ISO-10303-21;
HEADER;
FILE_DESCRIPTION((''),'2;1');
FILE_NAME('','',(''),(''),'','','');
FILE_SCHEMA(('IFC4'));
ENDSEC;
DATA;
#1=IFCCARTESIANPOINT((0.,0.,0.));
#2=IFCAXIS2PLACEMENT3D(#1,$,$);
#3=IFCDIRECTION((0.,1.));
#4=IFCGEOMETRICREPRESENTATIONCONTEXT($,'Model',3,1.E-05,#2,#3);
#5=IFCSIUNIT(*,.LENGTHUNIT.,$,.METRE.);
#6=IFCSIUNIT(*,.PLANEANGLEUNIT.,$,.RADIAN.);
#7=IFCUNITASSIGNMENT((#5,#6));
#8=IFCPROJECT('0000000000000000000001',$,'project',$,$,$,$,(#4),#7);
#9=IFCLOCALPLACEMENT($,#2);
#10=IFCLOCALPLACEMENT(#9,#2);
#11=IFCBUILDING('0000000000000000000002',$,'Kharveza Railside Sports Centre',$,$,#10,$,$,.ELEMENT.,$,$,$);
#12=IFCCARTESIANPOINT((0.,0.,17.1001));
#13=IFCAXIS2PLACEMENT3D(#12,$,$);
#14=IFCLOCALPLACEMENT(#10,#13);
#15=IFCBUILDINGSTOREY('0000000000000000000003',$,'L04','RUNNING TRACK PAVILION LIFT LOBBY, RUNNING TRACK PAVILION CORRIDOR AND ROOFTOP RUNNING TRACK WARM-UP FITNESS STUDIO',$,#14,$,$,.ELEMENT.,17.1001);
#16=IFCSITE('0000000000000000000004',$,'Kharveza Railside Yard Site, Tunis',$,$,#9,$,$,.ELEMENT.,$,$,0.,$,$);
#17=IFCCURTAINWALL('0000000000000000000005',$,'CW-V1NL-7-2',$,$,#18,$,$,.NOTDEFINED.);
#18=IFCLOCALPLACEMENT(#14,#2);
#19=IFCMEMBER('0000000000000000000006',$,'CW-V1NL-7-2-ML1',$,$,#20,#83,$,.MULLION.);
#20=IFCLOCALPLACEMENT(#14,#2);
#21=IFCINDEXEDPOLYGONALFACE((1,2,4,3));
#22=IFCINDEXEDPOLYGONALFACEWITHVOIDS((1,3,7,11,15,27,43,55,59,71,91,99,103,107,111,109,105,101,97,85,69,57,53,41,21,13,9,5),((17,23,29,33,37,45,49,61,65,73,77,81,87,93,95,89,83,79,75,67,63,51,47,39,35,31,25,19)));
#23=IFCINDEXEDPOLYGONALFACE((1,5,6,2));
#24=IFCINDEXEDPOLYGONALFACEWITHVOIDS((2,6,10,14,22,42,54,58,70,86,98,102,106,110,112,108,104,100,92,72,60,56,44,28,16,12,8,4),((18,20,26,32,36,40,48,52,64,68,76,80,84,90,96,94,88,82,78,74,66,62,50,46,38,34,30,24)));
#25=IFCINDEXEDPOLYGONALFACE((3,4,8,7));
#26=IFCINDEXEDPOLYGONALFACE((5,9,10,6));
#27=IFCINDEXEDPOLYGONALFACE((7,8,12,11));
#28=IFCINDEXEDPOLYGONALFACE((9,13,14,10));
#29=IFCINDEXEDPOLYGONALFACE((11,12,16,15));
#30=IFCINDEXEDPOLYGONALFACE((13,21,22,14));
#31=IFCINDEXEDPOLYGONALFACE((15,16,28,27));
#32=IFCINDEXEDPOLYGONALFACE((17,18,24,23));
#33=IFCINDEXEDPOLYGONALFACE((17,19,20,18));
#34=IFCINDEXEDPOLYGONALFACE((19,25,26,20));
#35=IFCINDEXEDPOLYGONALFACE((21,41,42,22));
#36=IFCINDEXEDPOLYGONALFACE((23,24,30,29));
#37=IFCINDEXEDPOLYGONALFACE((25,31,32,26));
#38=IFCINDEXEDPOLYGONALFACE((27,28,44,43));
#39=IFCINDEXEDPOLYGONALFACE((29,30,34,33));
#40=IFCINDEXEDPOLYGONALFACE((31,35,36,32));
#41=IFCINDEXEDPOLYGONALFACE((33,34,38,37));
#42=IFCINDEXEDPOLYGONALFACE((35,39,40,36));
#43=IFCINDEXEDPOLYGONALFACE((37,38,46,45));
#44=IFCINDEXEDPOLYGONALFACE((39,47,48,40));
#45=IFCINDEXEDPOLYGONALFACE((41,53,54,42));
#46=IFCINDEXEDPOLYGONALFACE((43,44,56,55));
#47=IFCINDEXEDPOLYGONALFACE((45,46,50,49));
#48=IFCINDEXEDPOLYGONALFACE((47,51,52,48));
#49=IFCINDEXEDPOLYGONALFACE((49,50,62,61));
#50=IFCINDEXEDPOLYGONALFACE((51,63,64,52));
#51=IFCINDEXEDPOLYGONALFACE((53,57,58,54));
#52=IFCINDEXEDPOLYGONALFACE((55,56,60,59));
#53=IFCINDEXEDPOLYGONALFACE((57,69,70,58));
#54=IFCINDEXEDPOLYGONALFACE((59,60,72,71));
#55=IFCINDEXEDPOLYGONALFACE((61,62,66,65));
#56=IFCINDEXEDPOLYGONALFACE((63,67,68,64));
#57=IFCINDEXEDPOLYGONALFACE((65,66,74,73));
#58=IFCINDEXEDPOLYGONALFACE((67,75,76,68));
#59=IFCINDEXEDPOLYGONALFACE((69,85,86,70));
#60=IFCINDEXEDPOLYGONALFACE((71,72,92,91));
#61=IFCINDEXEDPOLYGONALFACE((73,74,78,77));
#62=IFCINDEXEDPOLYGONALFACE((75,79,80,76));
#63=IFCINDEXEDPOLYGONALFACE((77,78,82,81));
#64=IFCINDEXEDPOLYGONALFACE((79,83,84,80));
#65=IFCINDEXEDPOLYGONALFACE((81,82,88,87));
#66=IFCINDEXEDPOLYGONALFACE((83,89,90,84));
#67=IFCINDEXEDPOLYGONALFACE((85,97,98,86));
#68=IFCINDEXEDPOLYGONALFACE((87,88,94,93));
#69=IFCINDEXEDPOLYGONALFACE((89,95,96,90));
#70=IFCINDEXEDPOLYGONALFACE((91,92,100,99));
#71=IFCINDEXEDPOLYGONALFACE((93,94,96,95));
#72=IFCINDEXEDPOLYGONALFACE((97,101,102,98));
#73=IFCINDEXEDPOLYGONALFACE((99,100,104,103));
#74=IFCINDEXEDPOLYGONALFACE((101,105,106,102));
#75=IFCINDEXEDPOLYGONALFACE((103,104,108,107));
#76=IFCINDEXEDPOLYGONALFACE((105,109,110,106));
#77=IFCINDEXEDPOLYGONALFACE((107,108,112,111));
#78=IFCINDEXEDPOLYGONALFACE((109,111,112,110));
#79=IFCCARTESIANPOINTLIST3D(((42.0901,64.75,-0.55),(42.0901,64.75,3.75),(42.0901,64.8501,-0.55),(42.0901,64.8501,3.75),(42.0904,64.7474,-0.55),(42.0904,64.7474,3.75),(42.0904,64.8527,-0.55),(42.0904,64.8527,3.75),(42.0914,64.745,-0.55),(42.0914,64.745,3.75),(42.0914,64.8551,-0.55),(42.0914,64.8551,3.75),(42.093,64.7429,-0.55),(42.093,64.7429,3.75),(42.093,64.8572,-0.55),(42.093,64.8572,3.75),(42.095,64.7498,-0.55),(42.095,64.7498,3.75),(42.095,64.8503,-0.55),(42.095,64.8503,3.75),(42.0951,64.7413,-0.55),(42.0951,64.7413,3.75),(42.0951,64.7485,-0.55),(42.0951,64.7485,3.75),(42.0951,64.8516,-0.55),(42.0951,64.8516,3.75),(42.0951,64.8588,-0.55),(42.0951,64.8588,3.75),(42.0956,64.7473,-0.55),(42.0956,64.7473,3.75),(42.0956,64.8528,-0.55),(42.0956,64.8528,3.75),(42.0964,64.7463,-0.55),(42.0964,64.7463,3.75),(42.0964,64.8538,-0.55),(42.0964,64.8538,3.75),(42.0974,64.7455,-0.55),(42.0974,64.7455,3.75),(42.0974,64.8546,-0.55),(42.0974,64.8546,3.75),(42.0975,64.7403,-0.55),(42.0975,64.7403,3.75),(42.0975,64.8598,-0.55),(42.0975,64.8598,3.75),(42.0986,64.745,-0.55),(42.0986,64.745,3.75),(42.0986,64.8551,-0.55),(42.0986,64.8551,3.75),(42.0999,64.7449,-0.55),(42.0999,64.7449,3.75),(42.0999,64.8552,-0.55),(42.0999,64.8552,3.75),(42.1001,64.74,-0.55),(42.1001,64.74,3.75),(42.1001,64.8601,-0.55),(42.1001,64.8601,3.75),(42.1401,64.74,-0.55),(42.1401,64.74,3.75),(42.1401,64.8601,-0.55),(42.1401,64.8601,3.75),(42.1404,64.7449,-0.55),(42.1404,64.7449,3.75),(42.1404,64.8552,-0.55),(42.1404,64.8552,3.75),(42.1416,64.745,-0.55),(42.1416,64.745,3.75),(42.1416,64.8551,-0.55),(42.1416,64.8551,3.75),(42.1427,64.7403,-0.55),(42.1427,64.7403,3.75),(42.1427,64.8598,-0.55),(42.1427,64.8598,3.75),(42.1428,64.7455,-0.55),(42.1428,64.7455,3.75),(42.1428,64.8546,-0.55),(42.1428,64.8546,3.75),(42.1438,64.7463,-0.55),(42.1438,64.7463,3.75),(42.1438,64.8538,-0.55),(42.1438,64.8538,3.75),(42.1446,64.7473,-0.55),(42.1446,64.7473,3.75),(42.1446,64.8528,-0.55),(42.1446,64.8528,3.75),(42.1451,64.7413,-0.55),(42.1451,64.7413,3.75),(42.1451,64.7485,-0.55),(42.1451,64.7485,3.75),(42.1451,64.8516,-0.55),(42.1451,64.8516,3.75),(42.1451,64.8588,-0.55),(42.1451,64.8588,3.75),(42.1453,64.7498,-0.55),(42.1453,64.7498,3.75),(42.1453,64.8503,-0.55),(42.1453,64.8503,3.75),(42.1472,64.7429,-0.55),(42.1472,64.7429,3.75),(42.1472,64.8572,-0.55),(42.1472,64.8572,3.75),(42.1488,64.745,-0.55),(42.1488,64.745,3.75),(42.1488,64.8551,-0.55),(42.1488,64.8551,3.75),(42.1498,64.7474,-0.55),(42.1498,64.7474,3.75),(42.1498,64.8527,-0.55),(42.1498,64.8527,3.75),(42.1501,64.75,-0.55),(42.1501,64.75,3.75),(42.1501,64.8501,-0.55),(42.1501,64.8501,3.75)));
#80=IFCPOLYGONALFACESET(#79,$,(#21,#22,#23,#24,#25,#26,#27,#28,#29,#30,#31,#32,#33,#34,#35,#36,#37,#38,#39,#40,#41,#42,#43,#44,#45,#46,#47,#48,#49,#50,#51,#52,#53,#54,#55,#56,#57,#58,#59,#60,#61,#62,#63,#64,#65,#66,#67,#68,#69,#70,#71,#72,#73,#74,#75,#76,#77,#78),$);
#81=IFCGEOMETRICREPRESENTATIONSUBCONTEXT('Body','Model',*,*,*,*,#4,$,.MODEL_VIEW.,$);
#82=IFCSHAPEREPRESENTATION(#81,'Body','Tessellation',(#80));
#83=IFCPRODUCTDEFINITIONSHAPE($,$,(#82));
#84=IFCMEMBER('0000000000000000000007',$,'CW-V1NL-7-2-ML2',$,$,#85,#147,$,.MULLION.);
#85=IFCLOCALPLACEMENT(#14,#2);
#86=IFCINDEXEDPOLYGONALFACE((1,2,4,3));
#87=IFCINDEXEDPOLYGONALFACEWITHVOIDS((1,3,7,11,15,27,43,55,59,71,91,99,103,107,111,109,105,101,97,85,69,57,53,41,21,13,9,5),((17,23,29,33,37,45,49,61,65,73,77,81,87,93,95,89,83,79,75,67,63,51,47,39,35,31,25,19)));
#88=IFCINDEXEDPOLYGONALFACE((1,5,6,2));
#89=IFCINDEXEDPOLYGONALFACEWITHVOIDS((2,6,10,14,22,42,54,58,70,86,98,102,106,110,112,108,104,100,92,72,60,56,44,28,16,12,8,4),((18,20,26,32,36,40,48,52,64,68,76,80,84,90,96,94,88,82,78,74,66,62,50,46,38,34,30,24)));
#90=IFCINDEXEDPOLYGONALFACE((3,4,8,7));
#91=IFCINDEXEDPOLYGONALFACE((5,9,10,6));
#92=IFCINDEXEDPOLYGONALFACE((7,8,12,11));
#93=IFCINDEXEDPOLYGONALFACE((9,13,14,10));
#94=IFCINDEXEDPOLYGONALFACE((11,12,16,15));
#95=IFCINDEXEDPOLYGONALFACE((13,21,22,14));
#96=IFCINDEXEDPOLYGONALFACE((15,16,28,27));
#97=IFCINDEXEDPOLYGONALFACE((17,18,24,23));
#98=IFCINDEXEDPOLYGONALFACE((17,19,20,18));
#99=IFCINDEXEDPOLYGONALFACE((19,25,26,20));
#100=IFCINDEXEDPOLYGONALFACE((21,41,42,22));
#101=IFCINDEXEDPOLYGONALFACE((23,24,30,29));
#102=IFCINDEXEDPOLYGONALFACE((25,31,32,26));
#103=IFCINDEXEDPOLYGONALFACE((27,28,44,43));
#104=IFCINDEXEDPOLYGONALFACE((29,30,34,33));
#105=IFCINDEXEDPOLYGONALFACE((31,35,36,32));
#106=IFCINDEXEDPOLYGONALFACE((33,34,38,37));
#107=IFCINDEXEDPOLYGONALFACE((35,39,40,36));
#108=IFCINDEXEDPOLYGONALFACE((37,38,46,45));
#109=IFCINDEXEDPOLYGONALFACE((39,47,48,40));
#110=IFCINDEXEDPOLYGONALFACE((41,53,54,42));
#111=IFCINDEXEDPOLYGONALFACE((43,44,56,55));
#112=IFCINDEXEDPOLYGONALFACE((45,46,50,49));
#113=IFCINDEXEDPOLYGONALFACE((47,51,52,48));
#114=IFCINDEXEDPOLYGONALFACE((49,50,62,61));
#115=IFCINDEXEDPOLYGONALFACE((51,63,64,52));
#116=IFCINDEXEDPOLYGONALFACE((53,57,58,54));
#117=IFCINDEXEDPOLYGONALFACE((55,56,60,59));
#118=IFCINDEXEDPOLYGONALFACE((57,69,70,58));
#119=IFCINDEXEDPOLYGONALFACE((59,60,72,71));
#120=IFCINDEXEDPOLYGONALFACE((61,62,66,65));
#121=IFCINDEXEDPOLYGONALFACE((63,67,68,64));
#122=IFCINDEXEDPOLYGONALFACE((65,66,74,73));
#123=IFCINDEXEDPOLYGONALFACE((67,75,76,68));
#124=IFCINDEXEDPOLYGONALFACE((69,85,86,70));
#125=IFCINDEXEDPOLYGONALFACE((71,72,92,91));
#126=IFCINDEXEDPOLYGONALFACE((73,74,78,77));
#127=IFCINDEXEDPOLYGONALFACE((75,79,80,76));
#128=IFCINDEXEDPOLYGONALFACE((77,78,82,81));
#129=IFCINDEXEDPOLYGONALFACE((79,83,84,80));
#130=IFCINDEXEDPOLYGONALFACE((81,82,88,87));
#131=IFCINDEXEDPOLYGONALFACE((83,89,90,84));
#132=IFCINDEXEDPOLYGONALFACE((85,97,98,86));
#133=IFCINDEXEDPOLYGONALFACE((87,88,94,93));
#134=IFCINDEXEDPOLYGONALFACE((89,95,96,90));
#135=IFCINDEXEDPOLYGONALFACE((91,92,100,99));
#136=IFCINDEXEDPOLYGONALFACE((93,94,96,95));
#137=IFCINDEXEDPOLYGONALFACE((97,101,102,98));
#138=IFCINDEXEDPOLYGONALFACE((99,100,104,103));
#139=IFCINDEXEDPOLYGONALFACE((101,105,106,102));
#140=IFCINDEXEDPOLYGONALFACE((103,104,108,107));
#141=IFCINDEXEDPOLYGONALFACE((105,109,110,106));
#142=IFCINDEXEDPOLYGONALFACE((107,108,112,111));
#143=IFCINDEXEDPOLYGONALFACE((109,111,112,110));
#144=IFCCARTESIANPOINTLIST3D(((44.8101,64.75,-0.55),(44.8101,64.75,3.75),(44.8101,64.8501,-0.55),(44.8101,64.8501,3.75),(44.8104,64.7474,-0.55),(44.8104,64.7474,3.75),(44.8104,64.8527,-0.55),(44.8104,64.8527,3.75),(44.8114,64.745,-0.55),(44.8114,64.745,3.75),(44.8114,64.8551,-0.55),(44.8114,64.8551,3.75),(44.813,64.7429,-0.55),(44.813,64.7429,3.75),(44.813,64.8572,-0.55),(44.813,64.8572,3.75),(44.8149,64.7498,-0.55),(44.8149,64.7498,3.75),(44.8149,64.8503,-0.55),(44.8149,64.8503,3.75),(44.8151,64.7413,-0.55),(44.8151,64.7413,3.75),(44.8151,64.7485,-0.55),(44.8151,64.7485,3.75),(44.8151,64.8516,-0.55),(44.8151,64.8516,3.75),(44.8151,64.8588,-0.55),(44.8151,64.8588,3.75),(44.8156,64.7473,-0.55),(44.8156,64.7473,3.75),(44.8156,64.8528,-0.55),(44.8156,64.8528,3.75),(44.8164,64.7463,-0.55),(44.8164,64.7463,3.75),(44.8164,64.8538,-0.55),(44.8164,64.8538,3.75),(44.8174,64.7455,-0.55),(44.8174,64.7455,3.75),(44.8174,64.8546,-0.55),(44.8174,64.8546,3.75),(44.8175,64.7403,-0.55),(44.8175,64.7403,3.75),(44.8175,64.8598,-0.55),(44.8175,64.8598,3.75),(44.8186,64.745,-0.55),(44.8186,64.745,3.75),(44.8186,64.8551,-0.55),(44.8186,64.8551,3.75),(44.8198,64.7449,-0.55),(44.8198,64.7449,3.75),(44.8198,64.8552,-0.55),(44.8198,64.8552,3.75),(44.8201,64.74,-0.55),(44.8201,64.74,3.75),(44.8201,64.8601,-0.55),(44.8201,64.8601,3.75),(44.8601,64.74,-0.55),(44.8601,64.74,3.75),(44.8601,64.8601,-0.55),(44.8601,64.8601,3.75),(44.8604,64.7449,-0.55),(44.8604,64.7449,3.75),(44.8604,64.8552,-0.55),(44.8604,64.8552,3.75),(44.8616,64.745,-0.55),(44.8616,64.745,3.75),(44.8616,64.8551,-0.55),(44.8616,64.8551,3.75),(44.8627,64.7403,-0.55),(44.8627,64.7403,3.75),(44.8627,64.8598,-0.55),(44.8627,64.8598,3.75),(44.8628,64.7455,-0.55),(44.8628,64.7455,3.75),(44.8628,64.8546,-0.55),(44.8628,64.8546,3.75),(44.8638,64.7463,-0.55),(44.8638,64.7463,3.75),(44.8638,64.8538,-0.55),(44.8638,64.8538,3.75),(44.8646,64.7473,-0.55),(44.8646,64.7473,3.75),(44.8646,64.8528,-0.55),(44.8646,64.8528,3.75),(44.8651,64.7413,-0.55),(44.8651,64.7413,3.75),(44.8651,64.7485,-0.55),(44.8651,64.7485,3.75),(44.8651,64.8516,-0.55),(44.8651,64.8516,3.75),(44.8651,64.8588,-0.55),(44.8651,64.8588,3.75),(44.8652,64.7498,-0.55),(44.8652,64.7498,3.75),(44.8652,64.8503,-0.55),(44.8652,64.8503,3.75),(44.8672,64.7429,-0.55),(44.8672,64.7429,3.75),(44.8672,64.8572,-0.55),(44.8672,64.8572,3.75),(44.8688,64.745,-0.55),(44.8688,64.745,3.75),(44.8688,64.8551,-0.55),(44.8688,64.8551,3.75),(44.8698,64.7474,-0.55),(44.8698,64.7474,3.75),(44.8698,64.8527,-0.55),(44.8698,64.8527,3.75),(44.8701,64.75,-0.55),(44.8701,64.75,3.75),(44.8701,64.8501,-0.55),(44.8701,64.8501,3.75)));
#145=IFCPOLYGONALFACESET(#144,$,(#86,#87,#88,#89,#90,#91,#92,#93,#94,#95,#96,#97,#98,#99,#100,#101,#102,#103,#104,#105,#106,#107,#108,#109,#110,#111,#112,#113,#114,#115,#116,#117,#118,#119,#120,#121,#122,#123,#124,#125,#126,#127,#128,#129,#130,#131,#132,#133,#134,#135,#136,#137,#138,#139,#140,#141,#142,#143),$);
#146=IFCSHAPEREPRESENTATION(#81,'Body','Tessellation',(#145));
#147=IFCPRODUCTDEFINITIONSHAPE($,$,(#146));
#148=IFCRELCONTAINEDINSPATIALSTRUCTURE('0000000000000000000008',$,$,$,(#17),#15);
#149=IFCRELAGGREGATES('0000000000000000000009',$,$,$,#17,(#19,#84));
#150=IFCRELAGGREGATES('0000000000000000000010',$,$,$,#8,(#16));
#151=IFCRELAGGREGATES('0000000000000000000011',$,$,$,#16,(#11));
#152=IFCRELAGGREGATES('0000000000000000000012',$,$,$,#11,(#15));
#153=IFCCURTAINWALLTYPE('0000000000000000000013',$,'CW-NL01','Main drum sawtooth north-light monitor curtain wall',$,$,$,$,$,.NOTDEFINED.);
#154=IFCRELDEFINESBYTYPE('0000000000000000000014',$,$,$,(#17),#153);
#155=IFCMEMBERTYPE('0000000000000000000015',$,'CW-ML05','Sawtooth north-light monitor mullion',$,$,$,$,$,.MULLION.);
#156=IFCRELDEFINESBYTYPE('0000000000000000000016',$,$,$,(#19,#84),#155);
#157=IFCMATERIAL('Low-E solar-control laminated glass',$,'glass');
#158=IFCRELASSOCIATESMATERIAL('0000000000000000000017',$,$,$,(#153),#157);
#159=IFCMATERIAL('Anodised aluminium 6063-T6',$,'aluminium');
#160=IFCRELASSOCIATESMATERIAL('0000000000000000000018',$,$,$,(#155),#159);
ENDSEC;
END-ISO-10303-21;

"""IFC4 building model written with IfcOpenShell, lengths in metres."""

from ifc_helpers import new_model, si_unit, direction, frame, origin, origin_2d, place, context, subcontext, project, spatial, hollow_rectangle, extrude, material, material_profile, profile_set, type_object, element, aggregate, save


model = new_model("IFC4")

# Units and contexts
model_context = context("Model", 3, precision=1e-05, world=origin(), true_north=direction((0.0, 1.0)))
body_context = subcontext(model_context, "Body", "Model", "MODEL_VIEW")
ifc_project = project(units=[si_unit("LENGTHUNIT", "METRE"), si_unit("PLANEANGLEUNIT", "RADIAN")], contexts=[model_context])

# Site, building, storey
site_placement = place(None, origin())
site = spatial("IfcSite", under=ifc_project, at=site_placement, Name="Kharveza Railside Yard Site, Tunis", CompositionType="ELEMENT", RefElevation=0.0)
building_placement = place(site_placement, origin())
building = spatial("IfcBuilding", under=site, at=building_placement, Name="Kharveza Railside Sports Centre", CompositionType="ELEMENT")
storey_placement = place(building_placement, frame((0.0, 0.0, 17.1001)))
storey = spatial("IfcBuildingStorey", under=building, at=storey_placement, Name="L04", Description="RUNNING TRACK PAVILION LIFT LOBBY, RUNNING TRACK PAVILION CORRIDOR AND ROOFTOP RUNNING TRACK WARM-UP FITNESS STUDIO", CompositionType="ELEMENT", Elevation=17.1001)

# Curtain wall, members
ifc_material_1 = material(Name="Low-E solar-control laminated glass", Category="glass")
curtain_wall_type = type_object("IfcCurtainWallType", Name="CW-NL01", Description="Main drum sawtooth north-light monitor curtain wall", PredefinedType="NOTDEFINED", material=ifc_material_1)
ifc_material_2 = material(Name="Anodised aluminium 6063-T6", Category="aluminium")
ifc_material_profile_1 = material_profile(ifc_material_2, hollow_rectangle(XDim=0.0601, YDim=0.1201, WallThickness=0.0049, InnerFilletRadius=0.0049, OuterFilletRadius=0.01, at=origin_2d()), Name="RHS 60x120x5.0")
ifc_profile_set_1 = profile_set([ifc_material_profile_1], Name="Anodised aluminium 6063-T6")
member_type_1 = type_object("IfcMemberType", Name="CW-ML05", Description="Sawtooth north-light monitor mullion", PredefinedType="MULLION", material=ifc_profile_set_1)
curtain_wall_1_placement = place(storey_placement, origin())
curtain_wall_1 = element("IfcCurtainWall", 1, at=curtain_wall_1_placement, inside=storey, type_object=curtain_wall_type, Name="CW-V1NL-7-2", PredefinedType="NOTDEFINED")
member_1_placement = place(storey_placement, frame((42.1201, 64.8, -0.55), z_axis=(0.0, 0.0, 1.0), x_axis=(1.0, 0.0, 0.0)))
member_1 = element("IfcMember", 2, at=member_1_placement, type_object=member_type_1, Name="CW-V1NL-7-2-ML1", PredefinedType="MULLION", context=body_context, shape_type="SweptSolid", body=[
    extrude(hollow_rectangle(XDim=0.0601, YDim=0.1201, WallThickness=0.0049, InnerFilletRadius=0.0049, OuterFilletRadius=0.01, at=origin_2d()), origin(), (0.0, 0.0, 1.0), 4.3),
])
member_2_placement = place(storey_placement, frame((44.8401, 64.8, -0.55), z_axis=(0.0, 0.0, 1.0), x_axis=(1.0, 0.0, 0.0)))
member_2 = element("IfcMember", 3, at=member_2_placement, type_object=member_type_1, Name="CW-V1NL-7-2-ML2", PredefinedType="MULLION", context=body_context, shape_type="SweptSolid", body=[
    extrude(hollow_rectangle(XDim=0.0601, YDim=0.1201, WallThickness=0.0049, InnerFilletRadius=0.0049, OuterFilletRadius=0.01, at=origin_2d()), origin(), (0.0, 0.0, 1.0), 4.3),
])

aggregate(curtain_wall_1, [member_1, member_2])

save(model, "model.ifc")
